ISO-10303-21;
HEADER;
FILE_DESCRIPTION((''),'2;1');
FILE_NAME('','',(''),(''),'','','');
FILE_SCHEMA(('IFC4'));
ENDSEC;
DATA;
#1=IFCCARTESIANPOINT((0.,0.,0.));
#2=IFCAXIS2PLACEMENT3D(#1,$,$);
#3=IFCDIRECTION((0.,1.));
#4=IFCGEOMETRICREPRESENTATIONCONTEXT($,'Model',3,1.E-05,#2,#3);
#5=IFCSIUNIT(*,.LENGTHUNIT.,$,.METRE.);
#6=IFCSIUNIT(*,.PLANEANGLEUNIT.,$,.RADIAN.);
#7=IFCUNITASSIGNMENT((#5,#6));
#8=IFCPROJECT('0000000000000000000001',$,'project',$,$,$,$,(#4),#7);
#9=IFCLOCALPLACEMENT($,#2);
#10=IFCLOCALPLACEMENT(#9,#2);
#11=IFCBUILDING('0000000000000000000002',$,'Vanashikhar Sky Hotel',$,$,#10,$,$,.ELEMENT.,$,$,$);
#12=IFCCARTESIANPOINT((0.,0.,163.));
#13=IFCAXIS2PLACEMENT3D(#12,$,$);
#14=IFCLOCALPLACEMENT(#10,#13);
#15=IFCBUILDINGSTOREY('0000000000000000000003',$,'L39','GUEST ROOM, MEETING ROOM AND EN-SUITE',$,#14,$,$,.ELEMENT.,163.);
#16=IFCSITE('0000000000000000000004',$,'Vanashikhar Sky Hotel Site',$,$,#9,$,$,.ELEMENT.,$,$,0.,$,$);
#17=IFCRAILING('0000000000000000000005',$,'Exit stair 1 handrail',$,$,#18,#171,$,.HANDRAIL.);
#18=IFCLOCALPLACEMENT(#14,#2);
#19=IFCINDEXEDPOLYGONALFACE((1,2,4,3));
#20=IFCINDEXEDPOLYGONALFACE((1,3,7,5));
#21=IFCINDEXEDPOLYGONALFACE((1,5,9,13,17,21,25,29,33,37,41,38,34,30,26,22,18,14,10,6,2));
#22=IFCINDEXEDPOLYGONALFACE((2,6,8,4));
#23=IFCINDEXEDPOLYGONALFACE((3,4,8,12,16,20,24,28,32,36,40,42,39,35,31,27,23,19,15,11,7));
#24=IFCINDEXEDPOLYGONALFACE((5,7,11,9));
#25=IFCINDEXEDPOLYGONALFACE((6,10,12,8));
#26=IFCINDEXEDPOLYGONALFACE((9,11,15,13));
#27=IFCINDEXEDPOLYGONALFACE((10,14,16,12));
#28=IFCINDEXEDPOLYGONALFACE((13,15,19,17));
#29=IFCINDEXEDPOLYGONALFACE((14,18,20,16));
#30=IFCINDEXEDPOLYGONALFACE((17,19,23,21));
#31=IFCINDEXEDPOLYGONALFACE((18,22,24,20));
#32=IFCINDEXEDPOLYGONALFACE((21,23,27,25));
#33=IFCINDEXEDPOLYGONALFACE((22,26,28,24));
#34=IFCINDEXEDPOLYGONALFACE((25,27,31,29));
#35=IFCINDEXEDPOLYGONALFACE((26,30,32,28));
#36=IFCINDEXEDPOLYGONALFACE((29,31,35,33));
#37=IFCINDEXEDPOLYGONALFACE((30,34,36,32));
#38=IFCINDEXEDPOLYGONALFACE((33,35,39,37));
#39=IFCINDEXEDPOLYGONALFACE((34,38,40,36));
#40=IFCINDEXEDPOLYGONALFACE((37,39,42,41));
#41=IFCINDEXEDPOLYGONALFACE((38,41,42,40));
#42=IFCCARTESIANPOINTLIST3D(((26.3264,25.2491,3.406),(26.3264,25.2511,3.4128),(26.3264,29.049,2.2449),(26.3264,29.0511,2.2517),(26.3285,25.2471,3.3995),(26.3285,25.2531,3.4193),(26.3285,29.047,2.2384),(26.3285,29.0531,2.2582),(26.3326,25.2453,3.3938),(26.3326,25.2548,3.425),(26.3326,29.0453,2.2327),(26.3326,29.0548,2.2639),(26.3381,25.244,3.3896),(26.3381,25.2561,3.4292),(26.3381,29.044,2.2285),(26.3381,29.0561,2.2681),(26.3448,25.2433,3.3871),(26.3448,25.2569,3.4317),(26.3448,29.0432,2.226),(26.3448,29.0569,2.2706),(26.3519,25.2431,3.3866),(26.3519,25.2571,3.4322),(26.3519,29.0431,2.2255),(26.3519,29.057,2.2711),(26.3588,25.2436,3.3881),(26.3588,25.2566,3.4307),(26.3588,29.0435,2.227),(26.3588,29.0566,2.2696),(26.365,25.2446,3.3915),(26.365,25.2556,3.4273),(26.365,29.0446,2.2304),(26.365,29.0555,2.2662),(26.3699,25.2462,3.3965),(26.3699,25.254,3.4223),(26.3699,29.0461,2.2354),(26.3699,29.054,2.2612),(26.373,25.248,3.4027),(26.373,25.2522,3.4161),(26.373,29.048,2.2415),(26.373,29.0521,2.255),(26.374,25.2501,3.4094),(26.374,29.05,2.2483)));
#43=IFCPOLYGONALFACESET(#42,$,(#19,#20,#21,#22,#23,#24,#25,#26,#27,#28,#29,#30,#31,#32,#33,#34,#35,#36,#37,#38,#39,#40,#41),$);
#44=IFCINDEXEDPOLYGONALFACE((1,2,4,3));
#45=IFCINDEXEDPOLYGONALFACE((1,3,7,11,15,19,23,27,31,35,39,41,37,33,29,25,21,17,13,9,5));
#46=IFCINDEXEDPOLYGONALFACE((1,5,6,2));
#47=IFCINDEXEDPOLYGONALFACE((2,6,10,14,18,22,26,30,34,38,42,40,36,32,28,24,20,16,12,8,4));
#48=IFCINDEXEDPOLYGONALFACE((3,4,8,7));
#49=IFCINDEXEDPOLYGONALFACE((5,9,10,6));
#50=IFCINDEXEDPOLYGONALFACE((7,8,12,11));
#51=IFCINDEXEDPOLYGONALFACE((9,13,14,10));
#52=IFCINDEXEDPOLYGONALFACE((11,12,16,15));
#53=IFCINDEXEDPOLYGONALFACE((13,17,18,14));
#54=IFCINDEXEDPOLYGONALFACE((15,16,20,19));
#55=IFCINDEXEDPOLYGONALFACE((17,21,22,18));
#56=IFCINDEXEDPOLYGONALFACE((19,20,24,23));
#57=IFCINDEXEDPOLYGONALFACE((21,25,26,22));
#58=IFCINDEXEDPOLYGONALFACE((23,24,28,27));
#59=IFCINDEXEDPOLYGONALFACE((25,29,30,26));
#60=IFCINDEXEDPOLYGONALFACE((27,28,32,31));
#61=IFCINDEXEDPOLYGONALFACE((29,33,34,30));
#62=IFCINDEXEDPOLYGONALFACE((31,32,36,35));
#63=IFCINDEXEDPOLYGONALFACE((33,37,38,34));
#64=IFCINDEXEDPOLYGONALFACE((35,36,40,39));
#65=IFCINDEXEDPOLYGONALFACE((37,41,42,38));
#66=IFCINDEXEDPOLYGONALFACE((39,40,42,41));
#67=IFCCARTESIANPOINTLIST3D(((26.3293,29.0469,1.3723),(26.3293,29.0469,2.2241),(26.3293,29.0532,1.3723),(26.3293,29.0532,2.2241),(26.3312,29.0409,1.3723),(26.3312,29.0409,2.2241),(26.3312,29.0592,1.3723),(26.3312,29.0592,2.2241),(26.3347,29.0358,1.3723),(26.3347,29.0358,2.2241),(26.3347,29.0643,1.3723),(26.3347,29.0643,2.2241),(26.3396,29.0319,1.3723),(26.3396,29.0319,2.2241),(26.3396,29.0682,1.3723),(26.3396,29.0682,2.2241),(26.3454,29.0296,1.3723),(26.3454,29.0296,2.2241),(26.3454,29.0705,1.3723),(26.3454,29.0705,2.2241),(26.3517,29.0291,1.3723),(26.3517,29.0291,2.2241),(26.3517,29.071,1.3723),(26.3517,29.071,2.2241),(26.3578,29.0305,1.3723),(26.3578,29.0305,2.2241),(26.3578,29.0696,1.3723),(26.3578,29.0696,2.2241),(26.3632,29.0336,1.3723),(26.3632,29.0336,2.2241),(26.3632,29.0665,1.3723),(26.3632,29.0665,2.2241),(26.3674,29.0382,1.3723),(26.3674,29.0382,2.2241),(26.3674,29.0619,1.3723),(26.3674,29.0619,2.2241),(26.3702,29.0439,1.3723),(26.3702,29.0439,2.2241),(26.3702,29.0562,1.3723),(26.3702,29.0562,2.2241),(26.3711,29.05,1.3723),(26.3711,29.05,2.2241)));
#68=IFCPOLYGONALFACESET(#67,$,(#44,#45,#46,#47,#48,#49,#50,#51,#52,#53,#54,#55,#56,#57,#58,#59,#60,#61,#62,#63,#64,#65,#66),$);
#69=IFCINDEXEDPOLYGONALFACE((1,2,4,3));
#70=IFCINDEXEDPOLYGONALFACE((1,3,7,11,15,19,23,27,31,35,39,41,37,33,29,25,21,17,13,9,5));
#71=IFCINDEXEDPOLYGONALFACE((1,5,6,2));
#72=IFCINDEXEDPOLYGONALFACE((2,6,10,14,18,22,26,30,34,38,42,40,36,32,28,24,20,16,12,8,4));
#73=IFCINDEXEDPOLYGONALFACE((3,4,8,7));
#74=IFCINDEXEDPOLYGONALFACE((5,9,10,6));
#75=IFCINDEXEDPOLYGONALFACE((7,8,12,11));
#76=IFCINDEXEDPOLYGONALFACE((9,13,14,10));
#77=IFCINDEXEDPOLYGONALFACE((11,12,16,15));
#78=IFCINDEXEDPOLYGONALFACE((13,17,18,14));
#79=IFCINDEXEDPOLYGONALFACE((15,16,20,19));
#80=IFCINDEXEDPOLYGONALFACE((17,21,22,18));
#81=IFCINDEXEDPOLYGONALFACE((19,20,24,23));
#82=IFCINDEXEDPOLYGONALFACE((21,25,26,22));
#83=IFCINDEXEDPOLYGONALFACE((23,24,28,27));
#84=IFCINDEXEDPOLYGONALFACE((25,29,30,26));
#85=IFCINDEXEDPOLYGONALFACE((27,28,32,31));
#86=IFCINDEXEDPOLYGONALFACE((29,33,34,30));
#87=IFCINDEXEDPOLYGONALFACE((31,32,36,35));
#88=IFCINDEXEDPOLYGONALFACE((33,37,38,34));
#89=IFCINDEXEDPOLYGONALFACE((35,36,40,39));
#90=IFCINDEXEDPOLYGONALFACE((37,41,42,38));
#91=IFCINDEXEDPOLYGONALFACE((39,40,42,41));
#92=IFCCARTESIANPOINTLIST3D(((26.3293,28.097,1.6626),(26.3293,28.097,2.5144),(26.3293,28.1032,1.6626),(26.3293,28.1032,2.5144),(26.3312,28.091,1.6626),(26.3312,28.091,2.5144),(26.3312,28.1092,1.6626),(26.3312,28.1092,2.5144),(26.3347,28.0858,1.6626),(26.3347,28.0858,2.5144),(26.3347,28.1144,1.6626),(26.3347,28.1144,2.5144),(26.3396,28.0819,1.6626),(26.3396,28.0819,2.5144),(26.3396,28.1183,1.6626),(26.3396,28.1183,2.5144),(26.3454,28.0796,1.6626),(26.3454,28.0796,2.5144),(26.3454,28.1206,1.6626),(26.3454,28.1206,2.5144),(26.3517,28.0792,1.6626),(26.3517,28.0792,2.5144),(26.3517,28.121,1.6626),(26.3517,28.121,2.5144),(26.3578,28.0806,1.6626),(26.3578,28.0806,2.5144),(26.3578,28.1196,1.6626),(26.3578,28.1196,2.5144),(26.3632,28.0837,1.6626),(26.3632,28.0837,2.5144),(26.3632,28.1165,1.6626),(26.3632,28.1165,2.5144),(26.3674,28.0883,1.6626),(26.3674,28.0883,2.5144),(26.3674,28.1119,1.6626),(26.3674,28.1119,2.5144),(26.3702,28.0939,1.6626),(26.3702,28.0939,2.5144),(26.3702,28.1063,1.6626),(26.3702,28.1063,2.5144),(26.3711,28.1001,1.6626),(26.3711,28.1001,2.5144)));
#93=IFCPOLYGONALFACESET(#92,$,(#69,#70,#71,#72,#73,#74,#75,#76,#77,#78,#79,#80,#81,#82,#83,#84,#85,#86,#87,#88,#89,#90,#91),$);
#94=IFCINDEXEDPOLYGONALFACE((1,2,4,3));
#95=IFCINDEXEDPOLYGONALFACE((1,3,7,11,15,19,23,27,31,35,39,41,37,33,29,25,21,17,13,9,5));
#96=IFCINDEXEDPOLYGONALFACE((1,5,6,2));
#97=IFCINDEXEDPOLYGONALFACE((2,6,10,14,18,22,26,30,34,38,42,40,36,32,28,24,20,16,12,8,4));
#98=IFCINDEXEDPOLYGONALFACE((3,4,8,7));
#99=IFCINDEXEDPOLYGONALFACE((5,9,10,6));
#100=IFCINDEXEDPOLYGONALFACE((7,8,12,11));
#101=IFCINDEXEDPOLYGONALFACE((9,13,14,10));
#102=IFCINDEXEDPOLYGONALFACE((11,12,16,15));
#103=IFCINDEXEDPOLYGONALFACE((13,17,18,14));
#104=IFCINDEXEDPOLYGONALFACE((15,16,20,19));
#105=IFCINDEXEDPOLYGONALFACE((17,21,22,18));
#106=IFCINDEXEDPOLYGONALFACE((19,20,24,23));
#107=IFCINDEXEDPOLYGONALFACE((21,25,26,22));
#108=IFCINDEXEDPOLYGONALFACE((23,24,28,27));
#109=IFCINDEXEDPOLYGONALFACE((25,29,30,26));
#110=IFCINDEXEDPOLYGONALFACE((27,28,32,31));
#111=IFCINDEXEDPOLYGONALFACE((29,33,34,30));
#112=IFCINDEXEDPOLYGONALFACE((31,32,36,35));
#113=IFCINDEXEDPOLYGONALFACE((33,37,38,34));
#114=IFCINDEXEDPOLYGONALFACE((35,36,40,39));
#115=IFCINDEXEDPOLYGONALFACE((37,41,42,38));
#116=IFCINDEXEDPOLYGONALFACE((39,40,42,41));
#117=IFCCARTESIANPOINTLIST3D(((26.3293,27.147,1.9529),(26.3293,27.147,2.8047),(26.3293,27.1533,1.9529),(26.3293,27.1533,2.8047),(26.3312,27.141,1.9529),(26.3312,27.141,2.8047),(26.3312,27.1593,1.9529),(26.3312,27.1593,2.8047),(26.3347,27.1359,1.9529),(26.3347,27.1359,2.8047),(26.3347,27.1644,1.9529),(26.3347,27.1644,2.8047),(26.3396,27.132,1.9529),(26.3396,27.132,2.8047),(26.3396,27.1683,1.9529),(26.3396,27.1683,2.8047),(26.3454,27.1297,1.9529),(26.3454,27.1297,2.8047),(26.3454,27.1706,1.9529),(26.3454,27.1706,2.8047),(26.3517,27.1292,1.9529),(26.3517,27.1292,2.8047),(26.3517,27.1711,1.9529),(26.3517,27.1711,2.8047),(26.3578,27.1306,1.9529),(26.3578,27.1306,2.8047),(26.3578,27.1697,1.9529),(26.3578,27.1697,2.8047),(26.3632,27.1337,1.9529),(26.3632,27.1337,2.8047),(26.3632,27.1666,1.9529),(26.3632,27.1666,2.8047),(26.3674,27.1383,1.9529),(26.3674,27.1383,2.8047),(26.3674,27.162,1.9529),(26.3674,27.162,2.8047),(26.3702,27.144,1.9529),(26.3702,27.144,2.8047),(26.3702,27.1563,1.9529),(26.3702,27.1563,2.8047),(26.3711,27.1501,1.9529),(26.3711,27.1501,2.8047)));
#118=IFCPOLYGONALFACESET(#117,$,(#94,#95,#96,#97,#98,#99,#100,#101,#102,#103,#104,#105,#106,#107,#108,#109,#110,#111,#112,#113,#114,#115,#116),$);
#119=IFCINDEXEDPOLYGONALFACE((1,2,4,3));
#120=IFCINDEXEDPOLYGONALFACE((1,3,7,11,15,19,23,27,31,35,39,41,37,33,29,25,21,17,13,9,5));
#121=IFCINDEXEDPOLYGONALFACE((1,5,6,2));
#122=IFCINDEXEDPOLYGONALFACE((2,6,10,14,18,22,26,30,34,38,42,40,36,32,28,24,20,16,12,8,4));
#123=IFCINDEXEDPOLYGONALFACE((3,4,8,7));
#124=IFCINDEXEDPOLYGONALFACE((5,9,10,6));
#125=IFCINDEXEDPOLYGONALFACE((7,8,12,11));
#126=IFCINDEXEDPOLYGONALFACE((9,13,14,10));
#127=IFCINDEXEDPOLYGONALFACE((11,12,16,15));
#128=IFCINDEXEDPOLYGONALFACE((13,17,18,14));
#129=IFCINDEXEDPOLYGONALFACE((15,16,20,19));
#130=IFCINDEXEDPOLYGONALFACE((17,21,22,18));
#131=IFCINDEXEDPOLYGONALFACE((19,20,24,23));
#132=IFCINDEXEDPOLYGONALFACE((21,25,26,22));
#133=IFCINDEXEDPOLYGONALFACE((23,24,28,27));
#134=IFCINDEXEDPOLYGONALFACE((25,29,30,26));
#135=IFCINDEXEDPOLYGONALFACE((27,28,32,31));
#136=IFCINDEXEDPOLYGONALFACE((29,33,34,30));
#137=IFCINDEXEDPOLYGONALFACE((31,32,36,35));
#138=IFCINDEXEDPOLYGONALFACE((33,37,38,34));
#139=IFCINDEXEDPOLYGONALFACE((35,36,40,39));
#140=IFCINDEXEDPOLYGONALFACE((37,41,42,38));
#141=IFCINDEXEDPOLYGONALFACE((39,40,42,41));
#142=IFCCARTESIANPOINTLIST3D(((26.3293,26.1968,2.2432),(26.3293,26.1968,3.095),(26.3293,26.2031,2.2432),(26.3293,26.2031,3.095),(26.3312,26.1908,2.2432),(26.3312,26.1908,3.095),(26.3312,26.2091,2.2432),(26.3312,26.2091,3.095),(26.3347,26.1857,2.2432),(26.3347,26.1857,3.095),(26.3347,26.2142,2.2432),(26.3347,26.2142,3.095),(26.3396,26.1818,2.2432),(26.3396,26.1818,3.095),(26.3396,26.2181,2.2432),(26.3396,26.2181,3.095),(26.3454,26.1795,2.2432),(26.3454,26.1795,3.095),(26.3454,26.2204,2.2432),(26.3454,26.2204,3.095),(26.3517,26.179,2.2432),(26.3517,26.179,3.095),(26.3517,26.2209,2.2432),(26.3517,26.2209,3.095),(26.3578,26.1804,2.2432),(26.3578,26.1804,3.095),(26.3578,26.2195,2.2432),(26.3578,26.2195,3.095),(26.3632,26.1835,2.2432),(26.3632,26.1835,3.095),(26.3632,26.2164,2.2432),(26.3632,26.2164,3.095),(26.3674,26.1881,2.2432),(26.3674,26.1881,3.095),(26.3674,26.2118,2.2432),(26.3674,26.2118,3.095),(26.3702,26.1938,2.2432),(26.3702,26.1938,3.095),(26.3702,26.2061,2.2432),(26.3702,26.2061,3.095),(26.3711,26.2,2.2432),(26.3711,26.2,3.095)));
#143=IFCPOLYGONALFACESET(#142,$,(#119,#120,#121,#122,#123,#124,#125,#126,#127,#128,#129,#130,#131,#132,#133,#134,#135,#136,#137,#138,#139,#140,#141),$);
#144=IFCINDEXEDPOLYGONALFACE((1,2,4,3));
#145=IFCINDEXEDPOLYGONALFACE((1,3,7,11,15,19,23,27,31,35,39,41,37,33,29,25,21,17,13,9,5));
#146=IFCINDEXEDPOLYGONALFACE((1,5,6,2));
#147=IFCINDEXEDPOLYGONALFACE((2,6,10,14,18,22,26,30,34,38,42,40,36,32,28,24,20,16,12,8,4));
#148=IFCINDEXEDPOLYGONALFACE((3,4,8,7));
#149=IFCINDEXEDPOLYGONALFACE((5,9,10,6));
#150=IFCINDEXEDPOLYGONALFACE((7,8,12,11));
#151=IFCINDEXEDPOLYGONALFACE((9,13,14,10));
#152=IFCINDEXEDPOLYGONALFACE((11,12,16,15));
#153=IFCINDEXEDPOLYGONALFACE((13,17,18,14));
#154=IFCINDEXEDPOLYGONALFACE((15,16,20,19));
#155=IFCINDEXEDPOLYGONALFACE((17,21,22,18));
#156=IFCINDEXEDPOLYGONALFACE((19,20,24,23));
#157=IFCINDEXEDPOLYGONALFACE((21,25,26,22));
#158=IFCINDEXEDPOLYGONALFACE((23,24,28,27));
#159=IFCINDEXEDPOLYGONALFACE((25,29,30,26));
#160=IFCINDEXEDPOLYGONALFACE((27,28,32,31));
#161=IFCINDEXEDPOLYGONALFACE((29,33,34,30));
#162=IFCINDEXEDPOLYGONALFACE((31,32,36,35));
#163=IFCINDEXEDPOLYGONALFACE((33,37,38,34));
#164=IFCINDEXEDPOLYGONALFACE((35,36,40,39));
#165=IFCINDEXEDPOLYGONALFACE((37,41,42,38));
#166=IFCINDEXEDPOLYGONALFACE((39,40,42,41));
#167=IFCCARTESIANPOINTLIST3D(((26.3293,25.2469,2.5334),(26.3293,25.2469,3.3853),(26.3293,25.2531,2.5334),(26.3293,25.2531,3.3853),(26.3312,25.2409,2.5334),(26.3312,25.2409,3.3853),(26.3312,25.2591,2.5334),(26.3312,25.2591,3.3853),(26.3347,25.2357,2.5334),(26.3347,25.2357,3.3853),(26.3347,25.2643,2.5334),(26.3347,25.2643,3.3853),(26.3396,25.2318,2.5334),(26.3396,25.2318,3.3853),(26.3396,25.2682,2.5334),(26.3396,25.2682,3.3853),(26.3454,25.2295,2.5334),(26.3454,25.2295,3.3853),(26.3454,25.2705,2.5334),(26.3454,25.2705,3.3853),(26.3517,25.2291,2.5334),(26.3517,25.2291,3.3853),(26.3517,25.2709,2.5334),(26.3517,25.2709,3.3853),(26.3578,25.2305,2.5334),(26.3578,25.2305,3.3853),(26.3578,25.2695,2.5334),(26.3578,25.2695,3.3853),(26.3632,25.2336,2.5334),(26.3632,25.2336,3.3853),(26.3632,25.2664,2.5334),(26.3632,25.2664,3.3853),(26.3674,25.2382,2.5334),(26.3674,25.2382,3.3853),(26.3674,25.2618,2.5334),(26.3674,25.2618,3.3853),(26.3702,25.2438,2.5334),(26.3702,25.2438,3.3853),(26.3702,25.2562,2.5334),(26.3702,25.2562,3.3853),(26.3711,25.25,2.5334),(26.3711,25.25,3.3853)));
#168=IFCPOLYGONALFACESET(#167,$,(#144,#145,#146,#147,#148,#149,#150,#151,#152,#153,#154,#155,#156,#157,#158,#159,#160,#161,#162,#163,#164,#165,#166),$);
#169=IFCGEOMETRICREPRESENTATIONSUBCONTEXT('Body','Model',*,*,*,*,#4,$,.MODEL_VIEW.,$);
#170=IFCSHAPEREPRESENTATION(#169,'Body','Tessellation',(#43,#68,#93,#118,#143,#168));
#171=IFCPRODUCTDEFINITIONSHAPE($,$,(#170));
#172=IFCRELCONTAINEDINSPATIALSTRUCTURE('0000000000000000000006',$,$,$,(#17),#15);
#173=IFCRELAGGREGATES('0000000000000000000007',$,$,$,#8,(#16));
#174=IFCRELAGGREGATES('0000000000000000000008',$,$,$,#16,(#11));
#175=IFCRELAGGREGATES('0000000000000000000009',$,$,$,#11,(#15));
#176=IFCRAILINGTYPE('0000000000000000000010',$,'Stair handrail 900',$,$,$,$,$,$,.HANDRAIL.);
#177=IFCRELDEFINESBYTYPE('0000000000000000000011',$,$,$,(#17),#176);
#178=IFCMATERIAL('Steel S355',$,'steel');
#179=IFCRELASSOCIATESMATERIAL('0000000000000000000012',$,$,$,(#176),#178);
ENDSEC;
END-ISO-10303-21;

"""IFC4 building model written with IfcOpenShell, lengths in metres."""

from ifc_helpers import new_model, si_unit, direction, frame, origin, origin_2d, place, context, subcontext, project, spatial, circle, extrude, source, transform, mapped, material, type_object, element, save


model = new_model("IFC4")

# Units and contexts
model_context = context("Model", 3, precision=1e-05, world=origin(), true_north=direction((0.0, 1.0)))
body_context = subcontext(model_context, "Body", "Model", "MODEL_VIEW")
ifc_project = project(units=[si_unit("LENGTHUNIT", "METRE"), si_unit("PLANEANGLEUNIT", "RADIAN")], contexts=[model_context])

# Site, building, storey
site_placement = place(None, origin())
site = spatial("IfcSite", under=ifc_project, at=site_placement, Name="Vanashikhar Sky Hotel Site", CompositionType="ELEMENT", RefElevation=0.0)
building_placement = place(site_placement, origin())
building = spatial("IfcBuilding", under=site, at=building_placement, Name="Vanashikhar Sky Hotel", CompositionType="ELEMENT")
storey_placement = place(building_placement, frame((0.0, 0.0, 163.0)))
storey = spatial("IfcBuildingStorey", under=building, at=storey_placement, Name="L39", Description="GUEST ROOM, MEETING ROOM AND EN-SUITE", CompositionType="ELEMENT", Elevation=163.0)

# Railing
ifc_material_1 = material(Name="Steel S355", Category="steel")
railing_type_1 = type_object("IfcRailingType", Name="Stair handrail 900", PredefinedType="HANDRAIL", material=ifc_material_1)
shared_shape_1 = source(origin(), body_context, "Body", "SweptSolid", [
    extrude(circle(Radius=0.0239, at=origin_2d()), frame((0.0, 0.0, 0.876), z_axis=(0.0, -0.956351, 0.29222), x_axis=(1.0, 0.0, 0.0)), (0.0, 0.0, 1.0), 3.9734),
    extrude(circle(Radius=0.021, at=origin_2d()), origin(), (0.0, 0.0, 1.0), 0.8518),
    extrude(circle(Radius=0.021, at=origin_2d()), frame((0.0, -0.95, 0.2903)), (0.0, 0.0, 1.0), 0.8518),
    extrude(circle(Radius=0.021, at=origin_2d()), frame((0.0, -1.8999, 0.5806)), (0.0, 0.0, 1.0), 0.8518),
    extrude(circle(Radius=0.021, at=origin_2d()), frame((0.0, -2.8501, 0.8708)), (0.0, 0.0, 1.0), 0.8518),
    extrude(circle(Radius=0.021, at=origin_2d()), frame((0.0, -3.8, 1.1611)), (0.0, 0.0, 1.0), 0.8518),
])
railing_1_placement = place(storey_placement, frame((26.3501, 29.05, 1.3723)))
element("IfcRailing", 1, at=railing_1_placement, inside=storey, type_object=railing_type_1, Name="Exit stair 1 handrail", PredefinedType="HANDRAIL", context=body_context, shape_type="MappedRepresentation", body=[
    mapped(shared_shape_1, transform((0.0, 0.0, 0.0), scale=1.0)),
])

save(model, "model.ifc")
